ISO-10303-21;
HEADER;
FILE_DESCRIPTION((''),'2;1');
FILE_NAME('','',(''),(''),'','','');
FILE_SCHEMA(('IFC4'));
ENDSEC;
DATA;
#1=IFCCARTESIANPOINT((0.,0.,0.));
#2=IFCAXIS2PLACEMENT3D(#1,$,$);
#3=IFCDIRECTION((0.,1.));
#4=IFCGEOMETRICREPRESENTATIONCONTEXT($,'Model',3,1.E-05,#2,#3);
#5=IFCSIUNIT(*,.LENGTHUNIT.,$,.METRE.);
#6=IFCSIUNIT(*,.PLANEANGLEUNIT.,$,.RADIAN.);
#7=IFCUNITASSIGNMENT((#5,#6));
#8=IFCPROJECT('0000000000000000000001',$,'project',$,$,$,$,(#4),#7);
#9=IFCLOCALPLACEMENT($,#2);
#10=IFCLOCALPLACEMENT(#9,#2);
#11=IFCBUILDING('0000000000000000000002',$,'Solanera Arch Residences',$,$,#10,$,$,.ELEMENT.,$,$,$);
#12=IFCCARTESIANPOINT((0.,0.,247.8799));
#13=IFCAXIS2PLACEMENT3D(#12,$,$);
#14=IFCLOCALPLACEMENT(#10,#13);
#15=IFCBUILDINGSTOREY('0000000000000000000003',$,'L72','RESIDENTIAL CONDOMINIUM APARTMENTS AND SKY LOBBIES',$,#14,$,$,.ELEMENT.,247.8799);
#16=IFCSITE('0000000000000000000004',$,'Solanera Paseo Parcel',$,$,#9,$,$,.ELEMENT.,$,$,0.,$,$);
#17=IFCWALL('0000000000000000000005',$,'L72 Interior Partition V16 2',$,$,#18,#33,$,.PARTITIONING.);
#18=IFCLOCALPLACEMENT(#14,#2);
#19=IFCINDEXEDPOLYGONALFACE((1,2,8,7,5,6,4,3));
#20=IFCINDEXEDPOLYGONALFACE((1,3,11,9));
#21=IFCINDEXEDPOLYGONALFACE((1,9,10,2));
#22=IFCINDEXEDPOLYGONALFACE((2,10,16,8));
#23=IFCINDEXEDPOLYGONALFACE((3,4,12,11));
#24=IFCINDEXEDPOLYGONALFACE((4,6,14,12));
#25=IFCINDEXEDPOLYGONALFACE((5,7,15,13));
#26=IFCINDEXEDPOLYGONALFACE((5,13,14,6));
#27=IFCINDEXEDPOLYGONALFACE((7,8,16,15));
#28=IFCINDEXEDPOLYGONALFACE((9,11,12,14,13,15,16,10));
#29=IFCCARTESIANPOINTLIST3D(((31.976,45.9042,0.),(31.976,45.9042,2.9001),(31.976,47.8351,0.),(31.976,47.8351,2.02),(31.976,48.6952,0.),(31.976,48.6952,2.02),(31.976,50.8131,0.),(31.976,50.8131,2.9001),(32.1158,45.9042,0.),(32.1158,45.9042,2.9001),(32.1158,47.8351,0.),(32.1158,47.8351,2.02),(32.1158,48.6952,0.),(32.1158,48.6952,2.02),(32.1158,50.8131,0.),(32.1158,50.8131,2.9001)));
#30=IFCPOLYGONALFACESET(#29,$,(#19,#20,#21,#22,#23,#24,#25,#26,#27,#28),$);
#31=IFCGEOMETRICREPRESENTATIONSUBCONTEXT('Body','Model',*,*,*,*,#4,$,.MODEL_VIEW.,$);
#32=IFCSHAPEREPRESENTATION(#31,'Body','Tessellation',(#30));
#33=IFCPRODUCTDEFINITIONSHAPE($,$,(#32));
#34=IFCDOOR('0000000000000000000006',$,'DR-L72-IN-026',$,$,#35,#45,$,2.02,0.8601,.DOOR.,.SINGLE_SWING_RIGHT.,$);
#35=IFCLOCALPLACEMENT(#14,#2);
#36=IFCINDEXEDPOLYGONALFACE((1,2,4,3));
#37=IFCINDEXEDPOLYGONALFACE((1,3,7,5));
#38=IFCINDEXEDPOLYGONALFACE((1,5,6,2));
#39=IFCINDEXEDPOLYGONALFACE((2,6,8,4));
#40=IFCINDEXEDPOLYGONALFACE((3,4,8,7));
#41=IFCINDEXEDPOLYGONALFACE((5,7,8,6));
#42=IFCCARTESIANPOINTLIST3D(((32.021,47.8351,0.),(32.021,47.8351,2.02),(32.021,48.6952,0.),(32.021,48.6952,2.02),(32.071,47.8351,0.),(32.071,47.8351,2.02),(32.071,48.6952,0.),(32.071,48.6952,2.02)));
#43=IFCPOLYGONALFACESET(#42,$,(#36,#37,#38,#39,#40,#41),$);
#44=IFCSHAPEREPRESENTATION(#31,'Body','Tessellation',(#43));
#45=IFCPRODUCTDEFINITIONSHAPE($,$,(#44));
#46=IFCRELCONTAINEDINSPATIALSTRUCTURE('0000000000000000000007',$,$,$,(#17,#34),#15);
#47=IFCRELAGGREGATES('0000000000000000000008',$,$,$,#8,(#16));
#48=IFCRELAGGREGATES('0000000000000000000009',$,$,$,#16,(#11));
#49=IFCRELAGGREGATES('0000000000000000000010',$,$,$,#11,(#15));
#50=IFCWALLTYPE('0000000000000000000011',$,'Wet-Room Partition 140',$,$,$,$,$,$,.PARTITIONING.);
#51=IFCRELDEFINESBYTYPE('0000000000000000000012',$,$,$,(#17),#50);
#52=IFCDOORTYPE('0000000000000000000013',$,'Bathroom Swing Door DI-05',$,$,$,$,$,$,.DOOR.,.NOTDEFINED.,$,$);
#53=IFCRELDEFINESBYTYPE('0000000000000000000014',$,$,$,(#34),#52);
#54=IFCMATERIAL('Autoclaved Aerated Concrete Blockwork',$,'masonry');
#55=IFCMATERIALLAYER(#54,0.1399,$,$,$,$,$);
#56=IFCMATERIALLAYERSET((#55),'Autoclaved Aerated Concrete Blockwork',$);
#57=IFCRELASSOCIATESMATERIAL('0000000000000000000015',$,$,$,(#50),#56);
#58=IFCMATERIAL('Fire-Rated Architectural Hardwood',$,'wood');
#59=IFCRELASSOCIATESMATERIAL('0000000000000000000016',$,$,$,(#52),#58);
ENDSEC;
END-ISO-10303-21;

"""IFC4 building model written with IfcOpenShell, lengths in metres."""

from ifc_helpers import new_model, si_unit, direction, frame, frame_2d, origin, place, context, subcontext, project, spatial, rectangle, extrude, material, layer, layer_set, type_object, element, fill, save


model = new_model("IFC4")

# Units and contexts
model_context = context("Model", 3, precision=1e-05, world=origin(), true_north=direction((0.0, 1.0)))
body_context = subcontext(model_context, "Body", "Model", "MODEL_VIEW")
ifc_project = project(units=[si_unit("LENGTHUNIT", "METRE"), si_unit("PLANEANGLEUNIT", "RADIAN")], contexts=[model_context])

# Site, building, storey
site_placement = place(None, origin())
site = spatial("IfcSite", under=ifc_project, at=site_placement, Name="Solanera Paseo Parcel", CompositionType="ELEMENT", RefElevation=0.0)
building_placement = place(site_placement, origin())
building = spatial("IfcBuilding", under=site, at=building_placement, Name="Solanera Arch Residences", CompositionType="ELEMENT")
storey_placement = place(building_placement, frame((0.0, 0.0, 247.8799)))
storey = spatial("IfcBuildingStorey", under=building, at=storey_placement, Name="L72", Description="RESIDENTIAL CONDOMINIUM APARTMENTS AND SKY LOBBIES", CompositionType="ELEMENT", Elevation=247.8799)

# Shared definitions
ifc_material_1 = material(Name="Autoclaved Aerated Concrete Blockwork", Category="masonry")
ifc_layer_1 = layer(ifc_material_1, 0.1399)
ifc_layer_set_1 = layer_set([ifc_layer_1], Name="Autoclaved Aerated Concrete Blockwork")
wall_type_1 = type_object("IfcWallType", Name="Wet-Room Partition 140", PredefinedType="PARTITIONING", material=ifc_layer_set_1)

# Shared definitions
ifc_material_2 = material(Name="Fire-Rated Architectural Hardwood", Category="wood")
door_type_1 = type_object("IfcDoorType", Name="Bathroom Swing Door DI-05", OperationType="NOTDEFINED", PredefinedType="DOOR", material=ifc_material_2)

# Wall, opening, door
wall_1_placement = place(storey_placement, frame((32.0459, 45.9041, 0.0), z_axis=(0.0, 0.0, 1.0), x_axis=(0.0, 1.0, 0.0)))
wall_1 = element("IfcWall", 1, at=wall_1_placement, inside=storey, type_object=wall_type_1, Name="L72 Interior Partition V16 2", PredefinedType="PARTITIONING", context=body_context, shape_type="SweptSolid", body=[
    extrude(rectangle(XDim=4.9089, YDim=0.1399, at=frame_2d((2.4546, 0.0))), origin(), (0.0, 0.0, 1.0), 2.9001),
])
opening_1_placement = place(wall_1_placement, frame((1.9309, 0.0, 0.0)))
opening_1 = element("IfcOpeningElement", 2, at=opening_1_placement, cuts=wall_1, PredefinedType="OPENING", context=body_context, shape_type="SweptSolid", body=[
    extrude(rectangle(XDim=0.8601, YDim=2.02, at=frame_2d((0.4302, 1.01))), frame((0.0, 0.0798, 0.0), z_axis=(0.0, -1.0, 0.0), x_axis=(1.0, 0.0, 0.0)), (0.0, 0.0, 1.0), 0.1599),
])
door_1_placement = place(opening_1_placement, origin())
door_1 = element("IfcDoor", 3, at=door_1_placement, inside=storey, type_object=door_type_1, Name="DR-L72-IN-026", OperationType="SINGLE_SWING_RIGHT", OverallHeight=2.02, OverallWidth=0.8601, PredefinedType="DOOR", context=body_context, shape_type="SweptSolid", body=[
    extrude(rectangle(XDim=0.8601, YDim=2.02, at=frame_2d((0.4302, 1.01))), frame((0.0, 0.0249, 0.0), z_axis=(0.0, -1.0, 0.0), x_axis=(1.0, 0.0, 0.0)), (0.0, 0.0, 1.0), 0.05),
])
fill(opening_1, door_1)

save(model, "model.ifc")
